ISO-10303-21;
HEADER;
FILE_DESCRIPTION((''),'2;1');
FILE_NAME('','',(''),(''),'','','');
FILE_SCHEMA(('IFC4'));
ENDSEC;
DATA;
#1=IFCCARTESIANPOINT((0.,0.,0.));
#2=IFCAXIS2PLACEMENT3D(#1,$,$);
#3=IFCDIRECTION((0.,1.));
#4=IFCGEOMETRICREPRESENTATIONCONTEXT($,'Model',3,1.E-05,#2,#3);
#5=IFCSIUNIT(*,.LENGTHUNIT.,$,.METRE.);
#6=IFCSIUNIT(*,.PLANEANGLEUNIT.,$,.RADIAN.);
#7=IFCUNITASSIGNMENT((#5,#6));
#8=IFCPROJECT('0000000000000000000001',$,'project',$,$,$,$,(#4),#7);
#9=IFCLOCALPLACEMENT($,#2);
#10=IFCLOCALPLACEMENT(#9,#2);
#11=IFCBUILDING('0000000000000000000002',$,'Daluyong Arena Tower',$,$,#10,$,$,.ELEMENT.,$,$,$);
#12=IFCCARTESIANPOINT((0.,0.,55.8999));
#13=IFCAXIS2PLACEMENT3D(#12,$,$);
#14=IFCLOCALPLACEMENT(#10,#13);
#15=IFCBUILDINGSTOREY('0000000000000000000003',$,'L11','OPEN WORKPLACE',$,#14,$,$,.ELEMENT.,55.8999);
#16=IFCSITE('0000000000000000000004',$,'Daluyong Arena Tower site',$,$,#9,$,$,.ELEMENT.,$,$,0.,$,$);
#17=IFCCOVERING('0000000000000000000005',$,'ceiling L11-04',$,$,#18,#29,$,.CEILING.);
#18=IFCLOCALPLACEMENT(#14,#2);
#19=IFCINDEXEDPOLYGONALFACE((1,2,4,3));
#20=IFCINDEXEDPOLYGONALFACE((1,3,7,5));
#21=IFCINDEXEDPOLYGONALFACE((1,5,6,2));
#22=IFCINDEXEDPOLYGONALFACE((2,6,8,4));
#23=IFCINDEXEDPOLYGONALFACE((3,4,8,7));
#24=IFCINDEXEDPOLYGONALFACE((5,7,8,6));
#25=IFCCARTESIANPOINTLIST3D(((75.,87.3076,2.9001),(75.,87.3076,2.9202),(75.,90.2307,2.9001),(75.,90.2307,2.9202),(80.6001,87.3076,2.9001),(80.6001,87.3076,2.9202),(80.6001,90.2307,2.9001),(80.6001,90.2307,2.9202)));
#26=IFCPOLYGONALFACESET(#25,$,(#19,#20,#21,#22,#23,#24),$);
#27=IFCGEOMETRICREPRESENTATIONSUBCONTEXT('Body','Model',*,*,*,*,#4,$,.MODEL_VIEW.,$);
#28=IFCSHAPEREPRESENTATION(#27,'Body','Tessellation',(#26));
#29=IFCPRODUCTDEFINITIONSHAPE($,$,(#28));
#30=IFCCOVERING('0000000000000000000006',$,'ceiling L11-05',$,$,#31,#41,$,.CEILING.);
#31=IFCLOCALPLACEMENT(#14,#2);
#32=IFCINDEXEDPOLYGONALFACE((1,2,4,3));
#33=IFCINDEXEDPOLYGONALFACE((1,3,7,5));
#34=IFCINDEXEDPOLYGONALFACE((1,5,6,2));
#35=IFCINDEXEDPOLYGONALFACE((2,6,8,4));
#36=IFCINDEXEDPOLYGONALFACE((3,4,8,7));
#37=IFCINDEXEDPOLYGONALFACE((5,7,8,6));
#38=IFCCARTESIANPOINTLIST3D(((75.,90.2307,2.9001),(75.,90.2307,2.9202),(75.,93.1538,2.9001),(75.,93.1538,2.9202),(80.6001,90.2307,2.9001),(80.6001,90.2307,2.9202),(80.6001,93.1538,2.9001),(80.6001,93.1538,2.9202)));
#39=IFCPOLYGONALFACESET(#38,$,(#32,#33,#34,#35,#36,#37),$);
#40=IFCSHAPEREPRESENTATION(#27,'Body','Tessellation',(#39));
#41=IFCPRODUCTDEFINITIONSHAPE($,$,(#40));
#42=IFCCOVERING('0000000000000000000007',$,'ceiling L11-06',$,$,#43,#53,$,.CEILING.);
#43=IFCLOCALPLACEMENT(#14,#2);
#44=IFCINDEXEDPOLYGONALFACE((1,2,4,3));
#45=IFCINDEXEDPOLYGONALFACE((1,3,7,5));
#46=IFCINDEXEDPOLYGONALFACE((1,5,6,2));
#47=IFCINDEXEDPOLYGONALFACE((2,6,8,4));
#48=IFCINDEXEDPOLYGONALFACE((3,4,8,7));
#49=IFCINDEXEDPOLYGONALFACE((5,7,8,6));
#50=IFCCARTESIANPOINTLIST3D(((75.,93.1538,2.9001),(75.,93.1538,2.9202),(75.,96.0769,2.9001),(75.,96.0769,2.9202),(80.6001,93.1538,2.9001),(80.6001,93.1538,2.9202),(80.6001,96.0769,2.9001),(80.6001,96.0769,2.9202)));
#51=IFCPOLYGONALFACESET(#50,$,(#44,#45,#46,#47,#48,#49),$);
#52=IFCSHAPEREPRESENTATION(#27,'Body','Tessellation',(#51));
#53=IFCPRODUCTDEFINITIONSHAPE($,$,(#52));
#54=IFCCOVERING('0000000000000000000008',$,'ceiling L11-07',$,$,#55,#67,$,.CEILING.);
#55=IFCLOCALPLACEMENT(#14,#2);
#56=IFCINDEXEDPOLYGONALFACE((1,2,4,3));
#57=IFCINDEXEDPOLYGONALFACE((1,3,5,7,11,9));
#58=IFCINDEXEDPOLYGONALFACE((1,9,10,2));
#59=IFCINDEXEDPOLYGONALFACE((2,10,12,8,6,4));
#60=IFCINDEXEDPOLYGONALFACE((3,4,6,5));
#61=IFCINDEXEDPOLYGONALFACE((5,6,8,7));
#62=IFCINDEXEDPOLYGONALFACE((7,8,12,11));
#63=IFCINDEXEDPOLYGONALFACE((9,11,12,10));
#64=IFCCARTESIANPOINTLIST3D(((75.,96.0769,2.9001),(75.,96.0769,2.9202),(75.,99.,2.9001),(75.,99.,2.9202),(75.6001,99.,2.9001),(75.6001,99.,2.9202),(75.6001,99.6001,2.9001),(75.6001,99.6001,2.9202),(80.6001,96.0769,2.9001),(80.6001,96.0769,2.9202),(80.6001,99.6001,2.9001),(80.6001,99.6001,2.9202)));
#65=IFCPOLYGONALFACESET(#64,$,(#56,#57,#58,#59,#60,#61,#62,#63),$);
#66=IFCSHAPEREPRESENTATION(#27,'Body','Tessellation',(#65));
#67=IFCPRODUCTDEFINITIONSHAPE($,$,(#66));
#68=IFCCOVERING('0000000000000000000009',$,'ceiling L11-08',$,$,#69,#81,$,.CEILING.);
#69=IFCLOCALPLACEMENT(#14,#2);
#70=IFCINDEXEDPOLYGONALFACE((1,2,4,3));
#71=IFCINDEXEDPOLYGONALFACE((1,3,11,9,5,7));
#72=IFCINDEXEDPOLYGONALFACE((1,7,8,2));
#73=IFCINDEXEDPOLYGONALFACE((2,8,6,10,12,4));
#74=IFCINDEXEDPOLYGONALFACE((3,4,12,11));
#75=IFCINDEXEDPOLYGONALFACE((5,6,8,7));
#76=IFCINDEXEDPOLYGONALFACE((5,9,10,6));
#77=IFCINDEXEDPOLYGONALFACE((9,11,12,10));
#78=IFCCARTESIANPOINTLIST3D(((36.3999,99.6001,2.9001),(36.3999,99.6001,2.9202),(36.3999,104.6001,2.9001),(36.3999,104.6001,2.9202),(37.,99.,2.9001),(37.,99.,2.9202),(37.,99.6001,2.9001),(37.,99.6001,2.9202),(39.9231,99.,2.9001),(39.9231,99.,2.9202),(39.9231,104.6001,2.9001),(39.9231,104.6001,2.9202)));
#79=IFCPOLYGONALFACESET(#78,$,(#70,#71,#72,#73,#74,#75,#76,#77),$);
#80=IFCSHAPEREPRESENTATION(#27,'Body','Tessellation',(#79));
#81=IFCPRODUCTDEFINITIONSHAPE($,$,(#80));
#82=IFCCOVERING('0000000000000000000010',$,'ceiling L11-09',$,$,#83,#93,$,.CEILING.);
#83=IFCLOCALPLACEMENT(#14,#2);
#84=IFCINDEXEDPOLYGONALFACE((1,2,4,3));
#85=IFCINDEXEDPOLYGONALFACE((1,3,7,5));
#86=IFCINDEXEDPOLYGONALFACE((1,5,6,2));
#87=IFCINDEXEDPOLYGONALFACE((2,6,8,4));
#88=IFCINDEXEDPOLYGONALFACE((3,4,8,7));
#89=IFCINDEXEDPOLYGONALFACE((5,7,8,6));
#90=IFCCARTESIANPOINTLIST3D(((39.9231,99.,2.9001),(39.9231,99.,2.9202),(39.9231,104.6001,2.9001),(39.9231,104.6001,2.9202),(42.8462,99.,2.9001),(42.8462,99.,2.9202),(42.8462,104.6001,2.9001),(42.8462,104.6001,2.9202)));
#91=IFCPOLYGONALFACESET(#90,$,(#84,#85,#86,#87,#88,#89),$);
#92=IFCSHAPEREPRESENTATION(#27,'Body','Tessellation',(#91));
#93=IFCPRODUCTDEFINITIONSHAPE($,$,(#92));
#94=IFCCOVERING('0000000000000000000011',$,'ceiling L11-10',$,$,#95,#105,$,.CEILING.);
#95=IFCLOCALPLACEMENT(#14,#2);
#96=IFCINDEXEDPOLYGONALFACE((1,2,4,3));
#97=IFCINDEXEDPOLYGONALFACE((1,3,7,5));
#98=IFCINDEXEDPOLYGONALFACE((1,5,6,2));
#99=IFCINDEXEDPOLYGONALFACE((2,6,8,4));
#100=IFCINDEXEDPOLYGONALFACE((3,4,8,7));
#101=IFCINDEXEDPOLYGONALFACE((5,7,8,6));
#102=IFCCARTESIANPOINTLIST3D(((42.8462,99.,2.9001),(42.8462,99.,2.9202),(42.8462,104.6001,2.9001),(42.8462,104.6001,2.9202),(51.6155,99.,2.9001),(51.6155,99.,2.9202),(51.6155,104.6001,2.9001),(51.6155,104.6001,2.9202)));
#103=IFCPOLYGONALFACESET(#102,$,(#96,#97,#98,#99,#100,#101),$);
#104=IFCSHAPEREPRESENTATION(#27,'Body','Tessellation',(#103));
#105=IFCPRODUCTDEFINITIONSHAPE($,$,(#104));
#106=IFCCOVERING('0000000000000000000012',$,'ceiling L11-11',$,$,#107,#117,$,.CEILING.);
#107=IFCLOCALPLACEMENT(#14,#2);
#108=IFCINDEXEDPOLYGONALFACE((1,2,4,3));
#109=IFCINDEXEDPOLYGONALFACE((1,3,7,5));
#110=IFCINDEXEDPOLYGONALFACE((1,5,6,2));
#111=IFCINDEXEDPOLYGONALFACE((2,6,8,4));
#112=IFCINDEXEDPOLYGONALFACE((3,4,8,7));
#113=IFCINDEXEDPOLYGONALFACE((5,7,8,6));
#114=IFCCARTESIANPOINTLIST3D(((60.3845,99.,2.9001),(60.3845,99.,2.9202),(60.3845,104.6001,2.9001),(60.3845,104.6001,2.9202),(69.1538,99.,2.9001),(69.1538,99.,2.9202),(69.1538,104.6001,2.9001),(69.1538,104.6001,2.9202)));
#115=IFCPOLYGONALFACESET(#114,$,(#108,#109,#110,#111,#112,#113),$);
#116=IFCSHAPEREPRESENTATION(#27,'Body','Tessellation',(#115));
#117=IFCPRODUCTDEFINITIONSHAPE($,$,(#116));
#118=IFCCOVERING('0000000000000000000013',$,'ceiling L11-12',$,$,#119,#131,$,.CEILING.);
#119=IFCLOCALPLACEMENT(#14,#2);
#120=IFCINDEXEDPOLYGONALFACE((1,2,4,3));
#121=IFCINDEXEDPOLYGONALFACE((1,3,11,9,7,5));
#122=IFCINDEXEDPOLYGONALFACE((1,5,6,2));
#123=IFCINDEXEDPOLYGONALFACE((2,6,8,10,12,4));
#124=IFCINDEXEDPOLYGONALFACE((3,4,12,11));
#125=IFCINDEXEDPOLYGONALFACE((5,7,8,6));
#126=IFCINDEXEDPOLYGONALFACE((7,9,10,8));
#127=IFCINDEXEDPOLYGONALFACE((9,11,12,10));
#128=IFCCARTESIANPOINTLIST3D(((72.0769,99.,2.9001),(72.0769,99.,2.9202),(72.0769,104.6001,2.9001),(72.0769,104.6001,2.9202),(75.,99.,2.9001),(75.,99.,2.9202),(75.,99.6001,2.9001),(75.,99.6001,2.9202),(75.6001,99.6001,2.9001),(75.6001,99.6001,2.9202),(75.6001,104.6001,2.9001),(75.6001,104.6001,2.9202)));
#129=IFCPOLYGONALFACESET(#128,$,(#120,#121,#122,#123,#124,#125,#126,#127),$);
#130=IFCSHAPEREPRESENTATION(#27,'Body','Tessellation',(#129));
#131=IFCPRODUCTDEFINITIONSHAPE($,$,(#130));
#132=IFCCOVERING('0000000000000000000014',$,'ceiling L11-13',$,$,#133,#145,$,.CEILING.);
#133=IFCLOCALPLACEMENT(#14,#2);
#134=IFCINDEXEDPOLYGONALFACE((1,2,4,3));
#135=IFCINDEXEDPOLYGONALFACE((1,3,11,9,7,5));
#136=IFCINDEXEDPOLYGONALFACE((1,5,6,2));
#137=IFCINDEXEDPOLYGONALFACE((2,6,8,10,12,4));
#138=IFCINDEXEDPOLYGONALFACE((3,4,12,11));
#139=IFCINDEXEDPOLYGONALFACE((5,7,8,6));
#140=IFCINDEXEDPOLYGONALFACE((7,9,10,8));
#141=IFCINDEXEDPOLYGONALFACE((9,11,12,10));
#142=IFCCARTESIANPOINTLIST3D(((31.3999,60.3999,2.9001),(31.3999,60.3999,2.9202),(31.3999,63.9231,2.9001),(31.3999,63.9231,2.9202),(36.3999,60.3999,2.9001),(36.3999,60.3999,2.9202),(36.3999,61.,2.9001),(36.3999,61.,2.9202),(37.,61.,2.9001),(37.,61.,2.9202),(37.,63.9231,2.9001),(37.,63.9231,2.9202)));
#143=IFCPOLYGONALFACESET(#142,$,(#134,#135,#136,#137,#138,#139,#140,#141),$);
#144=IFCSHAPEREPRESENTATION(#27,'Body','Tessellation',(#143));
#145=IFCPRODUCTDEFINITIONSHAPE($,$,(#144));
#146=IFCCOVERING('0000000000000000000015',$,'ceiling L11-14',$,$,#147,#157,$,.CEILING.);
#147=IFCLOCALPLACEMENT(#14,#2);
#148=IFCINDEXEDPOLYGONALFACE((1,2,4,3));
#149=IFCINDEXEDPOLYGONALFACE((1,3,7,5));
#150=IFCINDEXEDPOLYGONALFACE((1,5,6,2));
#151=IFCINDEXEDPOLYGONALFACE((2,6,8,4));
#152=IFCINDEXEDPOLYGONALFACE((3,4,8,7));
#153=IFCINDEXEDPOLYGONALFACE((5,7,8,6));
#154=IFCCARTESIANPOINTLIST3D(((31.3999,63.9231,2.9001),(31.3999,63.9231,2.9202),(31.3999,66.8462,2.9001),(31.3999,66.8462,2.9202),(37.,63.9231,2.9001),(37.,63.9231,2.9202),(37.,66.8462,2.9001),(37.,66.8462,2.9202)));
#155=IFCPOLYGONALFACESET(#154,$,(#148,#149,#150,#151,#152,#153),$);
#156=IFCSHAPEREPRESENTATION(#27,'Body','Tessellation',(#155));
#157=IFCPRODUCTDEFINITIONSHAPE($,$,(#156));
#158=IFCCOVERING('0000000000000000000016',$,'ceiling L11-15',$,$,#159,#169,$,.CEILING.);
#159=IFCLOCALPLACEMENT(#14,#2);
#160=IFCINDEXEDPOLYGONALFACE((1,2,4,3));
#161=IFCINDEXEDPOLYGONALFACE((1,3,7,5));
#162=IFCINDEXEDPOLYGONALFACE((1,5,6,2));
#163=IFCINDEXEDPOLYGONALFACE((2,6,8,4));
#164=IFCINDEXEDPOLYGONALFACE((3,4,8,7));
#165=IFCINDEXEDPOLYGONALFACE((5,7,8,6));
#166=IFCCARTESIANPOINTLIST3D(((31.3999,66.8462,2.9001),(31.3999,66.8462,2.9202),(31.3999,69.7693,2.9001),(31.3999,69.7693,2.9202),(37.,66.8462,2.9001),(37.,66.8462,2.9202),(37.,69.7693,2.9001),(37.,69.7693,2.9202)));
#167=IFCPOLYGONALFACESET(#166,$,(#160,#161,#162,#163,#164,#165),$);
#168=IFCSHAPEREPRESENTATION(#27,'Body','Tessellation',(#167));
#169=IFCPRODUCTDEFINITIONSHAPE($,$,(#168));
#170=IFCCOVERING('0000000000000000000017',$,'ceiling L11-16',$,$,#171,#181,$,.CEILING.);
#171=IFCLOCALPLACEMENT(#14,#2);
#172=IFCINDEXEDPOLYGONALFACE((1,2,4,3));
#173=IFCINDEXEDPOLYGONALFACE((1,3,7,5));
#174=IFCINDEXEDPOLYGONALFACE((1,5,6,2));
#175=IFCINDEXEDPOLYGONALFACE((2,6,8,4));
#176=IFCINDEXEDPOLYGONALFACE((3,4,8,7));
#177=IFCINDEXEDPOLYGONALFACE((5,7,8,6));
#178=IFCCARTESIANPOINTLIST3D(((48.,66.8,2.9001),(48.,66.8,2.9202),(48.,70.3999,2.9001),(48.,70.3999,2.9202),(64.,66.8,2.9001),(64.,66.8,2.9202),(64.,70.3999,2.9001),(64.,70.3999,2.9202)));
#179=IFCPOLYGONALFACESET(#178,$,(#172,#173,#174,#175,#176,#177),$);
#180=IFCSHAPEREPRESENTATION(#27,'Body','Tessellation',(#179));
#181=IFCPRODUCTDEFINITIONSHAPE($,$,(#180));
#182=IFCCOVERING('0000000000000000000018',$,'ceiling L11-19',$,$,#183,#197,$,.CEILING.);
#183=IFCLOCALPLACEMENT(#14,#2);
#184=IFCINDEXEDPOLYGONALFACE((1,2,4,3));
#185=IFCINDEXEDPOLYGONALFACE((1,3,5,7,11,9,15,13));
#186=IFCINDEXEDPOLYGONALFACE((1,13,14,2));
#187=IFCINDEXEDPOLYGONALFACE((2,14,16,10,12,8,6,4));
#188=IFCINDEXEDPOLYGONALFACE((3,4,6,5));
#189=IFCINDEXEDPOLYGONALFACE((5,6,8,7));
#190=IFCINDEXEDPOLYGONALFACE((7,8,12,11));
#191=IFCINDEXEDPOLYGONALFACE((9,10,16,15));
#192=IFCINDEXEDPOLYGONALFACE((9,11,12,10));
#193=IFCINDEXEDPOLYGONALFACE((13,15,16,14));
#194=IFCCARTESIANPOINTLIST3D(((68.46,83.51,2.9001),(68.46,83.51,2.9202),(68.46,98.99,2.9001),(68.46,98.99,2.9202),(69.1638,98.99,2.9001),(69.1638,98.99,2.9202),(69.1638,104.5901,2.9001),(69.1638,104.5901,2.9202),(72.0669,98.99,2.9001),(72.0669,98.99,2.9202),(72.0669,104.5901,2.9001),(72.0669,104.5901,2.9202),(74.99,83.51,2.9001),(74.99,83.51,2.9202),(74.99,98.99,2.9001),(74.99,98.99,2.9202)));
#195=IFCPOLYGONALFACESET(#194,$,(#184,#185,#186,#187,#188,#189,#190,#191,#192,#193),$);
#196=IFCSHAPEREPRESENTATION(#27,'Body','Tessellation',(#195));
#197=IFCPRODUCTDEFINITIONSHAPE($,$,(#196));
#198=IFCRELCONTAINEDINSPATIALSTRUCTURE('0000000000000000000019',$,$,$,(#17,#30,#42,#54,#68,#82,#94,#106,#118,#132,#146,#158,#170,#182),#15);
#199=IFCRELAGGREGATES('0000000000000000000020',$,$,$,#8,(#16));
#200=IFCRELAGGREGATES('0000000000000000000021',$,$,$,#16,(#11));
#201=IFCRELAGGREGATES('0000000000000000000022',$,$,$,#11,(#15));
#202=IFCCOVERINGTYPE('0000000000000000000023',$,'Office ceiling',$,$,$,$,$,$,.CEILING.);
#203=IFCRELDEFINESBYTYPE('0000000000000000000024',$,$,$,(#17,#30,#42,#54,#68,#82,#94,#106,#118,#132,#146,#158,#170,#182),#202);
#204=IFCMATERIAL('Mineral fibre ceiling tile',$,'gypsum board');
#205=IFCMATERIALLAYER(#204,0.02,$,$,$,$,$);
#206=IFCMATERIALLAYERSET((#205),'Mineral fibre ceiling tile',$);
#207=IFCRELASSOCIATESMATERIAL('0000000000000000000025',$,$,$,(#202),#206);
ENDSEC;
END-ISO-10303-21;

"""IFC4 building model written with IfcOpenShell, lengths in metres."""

from ifc_helpers import new_model, si_unit, direction, frame, origin, place, context, subcontext, project, spatial, polyline, outline, extrude, material, layer, layer_set, type_object, element, save


model = new_model("IFC4")

# Units and contexts
model_context = context("Model", 3, precision=1e-05, world=origin(), true_north=direction((0.0, 1.0)))
body_context = subcontext(model_context, "Body", "Model", "MODEL_VIEW")
ifc_project = project(units=[si_unit("LENGTHUNIT", "METRE"), si_unit("PLANEANGLEUNIT", "RADIAN")], contexts=[model_context])

# Site, building, storey
site_placement = place(None, origin())
site = spatial("IfcSite", under=ifc_project, at=site_placement, Name="Daluyong Arena Tower site", CompositionType="ELEMENT", RefElevation=0.0)
building_placement = place(site_placement, origin())
building = spatial("IfcBuilding", under=site, at=building_placement, Name="Daluyong Arena Tower", CompositionType="ELEMENT")
storey_placement = place(building_placement, frame((0.0, 0.0, 55.8999)))
storey = spatial("IfcBuildingStorey", under=building, at=storey_placement, Name="L11", Description="OPEN WORKPLACE", CompositionType="ELEMENT", Elevation=55.8999)

# Coverings
ifc_material_1 = material(Name="Mineral fibre ceiling tile", Category="gypsum board")
ifc_layer_1 = layer(ifc_material_1, 0.02)
ifc_layer_set_1 = layer_set([ifc_layer_1], Name="Mineral fibre ceiling tile")
covering_type = type_object("IfcCoveringType", Name="Office ceiling", PredefinedType="CEILING", material=ifc_layer_set_1)
covering_1_placement = place(storey_placement, frame((0.0, 0.0, 2.9001)))
element("IfcCovering", 1, at=covering_1_placement, inside=storey, type_object=covering_type, Name="ceiling L11-04", PredefinedType="CEILING", context=body_context, shape_type="SweptSolid", body=[
    extrude(outline(polyline([(75.0, 87.3076), (80.6001, 87.3076), (80.6001, 90.2307), (75.0, 90.2307), (75.0, 87.3076)])), origin(), (0.0, 0.0, 1.0), 0.02),
])
covering_2_placement = place(storey_placement, frame((0.0, 0.0, 2.9001)))
element("IfcCovering", 2, at=covering_2_placement, inside=storey, type_object=covering_type, Name="ceiling L11-05", PredefinedType="CEILING", context=body_context, shape_type="SweptSolid", body=[
    extrude(outline(polyline([(75.0, 90.2307), (80.6001, 90.2307), (80.6001, 93.1538), (75.0, 93.1538), (75.0, 90.2307)])), origin(), (0.0, 0.0, 1.0), 0.02),
])
covering_3_placement = place(storey_placement, frame((0.0, 0.0, 2.9001)))
element("IfcCovering", 3, at=covering_3_placement, inside=storey, type_object=covering_type, Name="ceiling L11-06", PredefinedType="CEILING", context=body_context, shape_type="SweptSolid", body=[
    extrude(outline(polyline([(75.0, 93.1538), (80.6001, 93.1538), (80.6001, 96.0769), (75.0, 96.0769), (75.0, 93.1538)])), origin(), (0.0, 0.0, 1.0), 0.02),
])
covering_4_placement = place(storey_placement, frame((0.0, 0.0, 2.9001)))
element("IfcCovering", 4, at=covering_4_placement, inside=storey, type_object=covering_type, Name="ceiling L11-07", PredefinedType="CEILING", context=body_context, shape_type="SweptSolid", body=[
    extrude(outline(polyline([(75.0, 96.0769), (80.6001, 96.0769), (80.6001, 99.6001), (75.6001, 99.6001), (75.6001, 99.0), (75.0, 99.0), (75.0, 96.0769)])), origin(), (0.0, 0.0, 1.0), 0.02),
])
covering_5_placement = place(storey_placement, frame((0.0, 0.0, 2.9001)))
element("IfcCovering", 5, at=covering_5_placement, inside=storey, type_object=covering_type, Name="ceiling L11-08", PredefinedType="CEILING", context=body_context, shape_type="SweptSolid", body=[
    extrude(outline(polyline([(39.9231, 99.0), (39.9231, 104.6001), (36.3999, 104.6001), (36.3999, 99.6001), (37.0, 99.6001), (37.0, 99.0), (39.9231, 99.0)])), origin(), (0.0, 0.0, 1.0), 0.02),
])
covering_6_placement = place(storey_placement, frame((0.0, 0.0, 2.9001)))
element("IfcCovering", 6, at=covering_6_placement, inside=storey, type_object=covering_type, Name="ceiling L11-09", PredefinedType="CEILING", context=body_context, shape_type="SweptSolid", body=[
    extrude(outline(polyline([(42.8462, 99.0), (42.8462, 104.6001), (39.9231, 104.6001), (39.9231, 99.0), (42.8462, 99.0)])), origin(), (0.0, 0.0, 1.0), 0.02),
])
covering_7_placement = place(storey_placement, frame((0.0, 0.0, 2.9001)))
element("IfcCovering", 7, at=covering_7_placement, inside=storey, type_object=covering_type, Name="ceiling L11-10", PredefinedType="CEILING", context=body_context, shape_type="SweptSolid", body=[
    extrude(outline(polyline([(51.6155, 99.0), (51.6155, 104.6001), (42.8462, 104.6001), (42.8462, 99.0), (51.6155, 99.0)])), origin(), (0.0, 0.0, 1.0), 0.02),
])
covering_8_placement = place(storey_placement, frame((0.0, 0.0, 2.9001)))
element("IfcCovering", 8, at=covering_8_placement, inside=storey, type_object=covering_type, Name="ceiling L11-11", PredefinedType="CEILING", context=body_context, shape_type="SweptSolid", body=[
    extrude(outline(polyline([(69.1538, 99.0), (69.1538, 104.6001), (60.3845, 104.6001), (60.3845, 99.0), (69.1538, 99.0)])), origin(), (0.0, 0.0, 1.0), 0.02),
])
covering_9_placement = place(storey_placement, frame((0.0, 0.0, 2.9001)))
element("IfcCovering", 9, at=covering_9_placement, inside=storey, type_object=covering_type, Name="ceiling L11-12", PredefinedType="CEILING", context=body_context, shape_type="SweptSolid", body=[
    extrude(outline(polyline([(72.0769, 99.0), (75.0, 99.0), (75.0, 99.6001), (75.6001, 99.6001), (75.6001, 104.6001), (72.0769, 104.6001), (72.0769, 99.0)])), origin(), (0.0, 0.0, 1.0), 0.02),
])
covering_10_placement = place(storey_placement, frame((0.0, 0.0, 2.9001)))
element("IfcCovering", 10, at=covering_10_placement, inside=storey, type_object=covering_type, Name="ceiling L11-13", PredefinedType="CEILING", context=body_context, shape_type="SweptSolid", body=[
    extrude(outline(polyline([(31.3999, 60.3999), (36.3999, 60.3999), (36.3999, 61.0), (37.0, 61.0), (37.0, 63.9231), (31.3999, 63.9231), (31.3999, 60.3999)])), origin(), (0.0, 0.0, 1.0), 0.02),
])
covering_11_placement = place(storey_placement, frame((0.0, 0.0, 2.9001)))
element("IfcCovering", 11, at=covering_11_placement, inside=storey, type_object=covering_type, Name="ceiling L11-14", PredefinedType="CEILING", context=body_context, shape_type="SweptSolid", body=[
    extrude(outline(polyline([(37.0, 66.8462), (31.3999, 66.8462), (31.3999, 63.9231), (37.0, 63.9231), (37.0, 66.8462)])), origin(), (0.0, 0.0, 1.0), 0.02),
])
covering_12_placement = place(storey_placement, frame((0.0, 0.0, 2.9001)))
element("IfcCovering", 12, at=covering_12_placement, inside=storey, type_object=covering_type, Name="ceiling L11-15", PredefinedType="CEILING", context=body_context, shape_type="SweptSolid", body=[
    extrude(outline(polyline([(37.0, 69.7693), (31.3999, 69.7693), (31.3999, 66.8462), (37.0, 66.8462), (37.0, 69.7693)])), origin(), (0.0, 0.0, 1.0), 0.02),
])
covering_13_placement = place(storey_placement, frame((0.0, 0.0, 2.9001)))
element("IfcCovering", 13, at=covering_13_placement, inside=storey, type_object=covering_type, Name="ceiling L11-16", PredefinedType="CEILING", context=body_context, shape_type="SweptSolid", body=[
    extrude(outline(polyline([(48.0, 66.8), (64.0, 66.8), (64.0, 70.3999), (48.0, 70.3999), (48.0, 66.8)])), origin(), (0.0, 0.0, 1.0), 0.02),
])
covering_14_placement = place(storey_placement, frame((0.0, 0.0, 2.9001)))
element("IfcCovering", 14, at=covering_14_placement, inside=storey, type_object=covering_type, Name="ceiling L11-19", PredefinedType="CEILING", context=body_context, shape_type="SweptSolid", body=[
    extrude(outline(polyline([(69.1638, 104.5901), (69.1638, 98.99), (68.46, 98.99), (68.46, 83.51), (74.99, 83.51), (74.99, 98.99), (72.0669, 98.99), (72.0669, 104.5901), (69.1638, 104.5901)])), origin(), (0.0, 0.0, 1.0), 0.02),
])

save(model, "model.ifc")
